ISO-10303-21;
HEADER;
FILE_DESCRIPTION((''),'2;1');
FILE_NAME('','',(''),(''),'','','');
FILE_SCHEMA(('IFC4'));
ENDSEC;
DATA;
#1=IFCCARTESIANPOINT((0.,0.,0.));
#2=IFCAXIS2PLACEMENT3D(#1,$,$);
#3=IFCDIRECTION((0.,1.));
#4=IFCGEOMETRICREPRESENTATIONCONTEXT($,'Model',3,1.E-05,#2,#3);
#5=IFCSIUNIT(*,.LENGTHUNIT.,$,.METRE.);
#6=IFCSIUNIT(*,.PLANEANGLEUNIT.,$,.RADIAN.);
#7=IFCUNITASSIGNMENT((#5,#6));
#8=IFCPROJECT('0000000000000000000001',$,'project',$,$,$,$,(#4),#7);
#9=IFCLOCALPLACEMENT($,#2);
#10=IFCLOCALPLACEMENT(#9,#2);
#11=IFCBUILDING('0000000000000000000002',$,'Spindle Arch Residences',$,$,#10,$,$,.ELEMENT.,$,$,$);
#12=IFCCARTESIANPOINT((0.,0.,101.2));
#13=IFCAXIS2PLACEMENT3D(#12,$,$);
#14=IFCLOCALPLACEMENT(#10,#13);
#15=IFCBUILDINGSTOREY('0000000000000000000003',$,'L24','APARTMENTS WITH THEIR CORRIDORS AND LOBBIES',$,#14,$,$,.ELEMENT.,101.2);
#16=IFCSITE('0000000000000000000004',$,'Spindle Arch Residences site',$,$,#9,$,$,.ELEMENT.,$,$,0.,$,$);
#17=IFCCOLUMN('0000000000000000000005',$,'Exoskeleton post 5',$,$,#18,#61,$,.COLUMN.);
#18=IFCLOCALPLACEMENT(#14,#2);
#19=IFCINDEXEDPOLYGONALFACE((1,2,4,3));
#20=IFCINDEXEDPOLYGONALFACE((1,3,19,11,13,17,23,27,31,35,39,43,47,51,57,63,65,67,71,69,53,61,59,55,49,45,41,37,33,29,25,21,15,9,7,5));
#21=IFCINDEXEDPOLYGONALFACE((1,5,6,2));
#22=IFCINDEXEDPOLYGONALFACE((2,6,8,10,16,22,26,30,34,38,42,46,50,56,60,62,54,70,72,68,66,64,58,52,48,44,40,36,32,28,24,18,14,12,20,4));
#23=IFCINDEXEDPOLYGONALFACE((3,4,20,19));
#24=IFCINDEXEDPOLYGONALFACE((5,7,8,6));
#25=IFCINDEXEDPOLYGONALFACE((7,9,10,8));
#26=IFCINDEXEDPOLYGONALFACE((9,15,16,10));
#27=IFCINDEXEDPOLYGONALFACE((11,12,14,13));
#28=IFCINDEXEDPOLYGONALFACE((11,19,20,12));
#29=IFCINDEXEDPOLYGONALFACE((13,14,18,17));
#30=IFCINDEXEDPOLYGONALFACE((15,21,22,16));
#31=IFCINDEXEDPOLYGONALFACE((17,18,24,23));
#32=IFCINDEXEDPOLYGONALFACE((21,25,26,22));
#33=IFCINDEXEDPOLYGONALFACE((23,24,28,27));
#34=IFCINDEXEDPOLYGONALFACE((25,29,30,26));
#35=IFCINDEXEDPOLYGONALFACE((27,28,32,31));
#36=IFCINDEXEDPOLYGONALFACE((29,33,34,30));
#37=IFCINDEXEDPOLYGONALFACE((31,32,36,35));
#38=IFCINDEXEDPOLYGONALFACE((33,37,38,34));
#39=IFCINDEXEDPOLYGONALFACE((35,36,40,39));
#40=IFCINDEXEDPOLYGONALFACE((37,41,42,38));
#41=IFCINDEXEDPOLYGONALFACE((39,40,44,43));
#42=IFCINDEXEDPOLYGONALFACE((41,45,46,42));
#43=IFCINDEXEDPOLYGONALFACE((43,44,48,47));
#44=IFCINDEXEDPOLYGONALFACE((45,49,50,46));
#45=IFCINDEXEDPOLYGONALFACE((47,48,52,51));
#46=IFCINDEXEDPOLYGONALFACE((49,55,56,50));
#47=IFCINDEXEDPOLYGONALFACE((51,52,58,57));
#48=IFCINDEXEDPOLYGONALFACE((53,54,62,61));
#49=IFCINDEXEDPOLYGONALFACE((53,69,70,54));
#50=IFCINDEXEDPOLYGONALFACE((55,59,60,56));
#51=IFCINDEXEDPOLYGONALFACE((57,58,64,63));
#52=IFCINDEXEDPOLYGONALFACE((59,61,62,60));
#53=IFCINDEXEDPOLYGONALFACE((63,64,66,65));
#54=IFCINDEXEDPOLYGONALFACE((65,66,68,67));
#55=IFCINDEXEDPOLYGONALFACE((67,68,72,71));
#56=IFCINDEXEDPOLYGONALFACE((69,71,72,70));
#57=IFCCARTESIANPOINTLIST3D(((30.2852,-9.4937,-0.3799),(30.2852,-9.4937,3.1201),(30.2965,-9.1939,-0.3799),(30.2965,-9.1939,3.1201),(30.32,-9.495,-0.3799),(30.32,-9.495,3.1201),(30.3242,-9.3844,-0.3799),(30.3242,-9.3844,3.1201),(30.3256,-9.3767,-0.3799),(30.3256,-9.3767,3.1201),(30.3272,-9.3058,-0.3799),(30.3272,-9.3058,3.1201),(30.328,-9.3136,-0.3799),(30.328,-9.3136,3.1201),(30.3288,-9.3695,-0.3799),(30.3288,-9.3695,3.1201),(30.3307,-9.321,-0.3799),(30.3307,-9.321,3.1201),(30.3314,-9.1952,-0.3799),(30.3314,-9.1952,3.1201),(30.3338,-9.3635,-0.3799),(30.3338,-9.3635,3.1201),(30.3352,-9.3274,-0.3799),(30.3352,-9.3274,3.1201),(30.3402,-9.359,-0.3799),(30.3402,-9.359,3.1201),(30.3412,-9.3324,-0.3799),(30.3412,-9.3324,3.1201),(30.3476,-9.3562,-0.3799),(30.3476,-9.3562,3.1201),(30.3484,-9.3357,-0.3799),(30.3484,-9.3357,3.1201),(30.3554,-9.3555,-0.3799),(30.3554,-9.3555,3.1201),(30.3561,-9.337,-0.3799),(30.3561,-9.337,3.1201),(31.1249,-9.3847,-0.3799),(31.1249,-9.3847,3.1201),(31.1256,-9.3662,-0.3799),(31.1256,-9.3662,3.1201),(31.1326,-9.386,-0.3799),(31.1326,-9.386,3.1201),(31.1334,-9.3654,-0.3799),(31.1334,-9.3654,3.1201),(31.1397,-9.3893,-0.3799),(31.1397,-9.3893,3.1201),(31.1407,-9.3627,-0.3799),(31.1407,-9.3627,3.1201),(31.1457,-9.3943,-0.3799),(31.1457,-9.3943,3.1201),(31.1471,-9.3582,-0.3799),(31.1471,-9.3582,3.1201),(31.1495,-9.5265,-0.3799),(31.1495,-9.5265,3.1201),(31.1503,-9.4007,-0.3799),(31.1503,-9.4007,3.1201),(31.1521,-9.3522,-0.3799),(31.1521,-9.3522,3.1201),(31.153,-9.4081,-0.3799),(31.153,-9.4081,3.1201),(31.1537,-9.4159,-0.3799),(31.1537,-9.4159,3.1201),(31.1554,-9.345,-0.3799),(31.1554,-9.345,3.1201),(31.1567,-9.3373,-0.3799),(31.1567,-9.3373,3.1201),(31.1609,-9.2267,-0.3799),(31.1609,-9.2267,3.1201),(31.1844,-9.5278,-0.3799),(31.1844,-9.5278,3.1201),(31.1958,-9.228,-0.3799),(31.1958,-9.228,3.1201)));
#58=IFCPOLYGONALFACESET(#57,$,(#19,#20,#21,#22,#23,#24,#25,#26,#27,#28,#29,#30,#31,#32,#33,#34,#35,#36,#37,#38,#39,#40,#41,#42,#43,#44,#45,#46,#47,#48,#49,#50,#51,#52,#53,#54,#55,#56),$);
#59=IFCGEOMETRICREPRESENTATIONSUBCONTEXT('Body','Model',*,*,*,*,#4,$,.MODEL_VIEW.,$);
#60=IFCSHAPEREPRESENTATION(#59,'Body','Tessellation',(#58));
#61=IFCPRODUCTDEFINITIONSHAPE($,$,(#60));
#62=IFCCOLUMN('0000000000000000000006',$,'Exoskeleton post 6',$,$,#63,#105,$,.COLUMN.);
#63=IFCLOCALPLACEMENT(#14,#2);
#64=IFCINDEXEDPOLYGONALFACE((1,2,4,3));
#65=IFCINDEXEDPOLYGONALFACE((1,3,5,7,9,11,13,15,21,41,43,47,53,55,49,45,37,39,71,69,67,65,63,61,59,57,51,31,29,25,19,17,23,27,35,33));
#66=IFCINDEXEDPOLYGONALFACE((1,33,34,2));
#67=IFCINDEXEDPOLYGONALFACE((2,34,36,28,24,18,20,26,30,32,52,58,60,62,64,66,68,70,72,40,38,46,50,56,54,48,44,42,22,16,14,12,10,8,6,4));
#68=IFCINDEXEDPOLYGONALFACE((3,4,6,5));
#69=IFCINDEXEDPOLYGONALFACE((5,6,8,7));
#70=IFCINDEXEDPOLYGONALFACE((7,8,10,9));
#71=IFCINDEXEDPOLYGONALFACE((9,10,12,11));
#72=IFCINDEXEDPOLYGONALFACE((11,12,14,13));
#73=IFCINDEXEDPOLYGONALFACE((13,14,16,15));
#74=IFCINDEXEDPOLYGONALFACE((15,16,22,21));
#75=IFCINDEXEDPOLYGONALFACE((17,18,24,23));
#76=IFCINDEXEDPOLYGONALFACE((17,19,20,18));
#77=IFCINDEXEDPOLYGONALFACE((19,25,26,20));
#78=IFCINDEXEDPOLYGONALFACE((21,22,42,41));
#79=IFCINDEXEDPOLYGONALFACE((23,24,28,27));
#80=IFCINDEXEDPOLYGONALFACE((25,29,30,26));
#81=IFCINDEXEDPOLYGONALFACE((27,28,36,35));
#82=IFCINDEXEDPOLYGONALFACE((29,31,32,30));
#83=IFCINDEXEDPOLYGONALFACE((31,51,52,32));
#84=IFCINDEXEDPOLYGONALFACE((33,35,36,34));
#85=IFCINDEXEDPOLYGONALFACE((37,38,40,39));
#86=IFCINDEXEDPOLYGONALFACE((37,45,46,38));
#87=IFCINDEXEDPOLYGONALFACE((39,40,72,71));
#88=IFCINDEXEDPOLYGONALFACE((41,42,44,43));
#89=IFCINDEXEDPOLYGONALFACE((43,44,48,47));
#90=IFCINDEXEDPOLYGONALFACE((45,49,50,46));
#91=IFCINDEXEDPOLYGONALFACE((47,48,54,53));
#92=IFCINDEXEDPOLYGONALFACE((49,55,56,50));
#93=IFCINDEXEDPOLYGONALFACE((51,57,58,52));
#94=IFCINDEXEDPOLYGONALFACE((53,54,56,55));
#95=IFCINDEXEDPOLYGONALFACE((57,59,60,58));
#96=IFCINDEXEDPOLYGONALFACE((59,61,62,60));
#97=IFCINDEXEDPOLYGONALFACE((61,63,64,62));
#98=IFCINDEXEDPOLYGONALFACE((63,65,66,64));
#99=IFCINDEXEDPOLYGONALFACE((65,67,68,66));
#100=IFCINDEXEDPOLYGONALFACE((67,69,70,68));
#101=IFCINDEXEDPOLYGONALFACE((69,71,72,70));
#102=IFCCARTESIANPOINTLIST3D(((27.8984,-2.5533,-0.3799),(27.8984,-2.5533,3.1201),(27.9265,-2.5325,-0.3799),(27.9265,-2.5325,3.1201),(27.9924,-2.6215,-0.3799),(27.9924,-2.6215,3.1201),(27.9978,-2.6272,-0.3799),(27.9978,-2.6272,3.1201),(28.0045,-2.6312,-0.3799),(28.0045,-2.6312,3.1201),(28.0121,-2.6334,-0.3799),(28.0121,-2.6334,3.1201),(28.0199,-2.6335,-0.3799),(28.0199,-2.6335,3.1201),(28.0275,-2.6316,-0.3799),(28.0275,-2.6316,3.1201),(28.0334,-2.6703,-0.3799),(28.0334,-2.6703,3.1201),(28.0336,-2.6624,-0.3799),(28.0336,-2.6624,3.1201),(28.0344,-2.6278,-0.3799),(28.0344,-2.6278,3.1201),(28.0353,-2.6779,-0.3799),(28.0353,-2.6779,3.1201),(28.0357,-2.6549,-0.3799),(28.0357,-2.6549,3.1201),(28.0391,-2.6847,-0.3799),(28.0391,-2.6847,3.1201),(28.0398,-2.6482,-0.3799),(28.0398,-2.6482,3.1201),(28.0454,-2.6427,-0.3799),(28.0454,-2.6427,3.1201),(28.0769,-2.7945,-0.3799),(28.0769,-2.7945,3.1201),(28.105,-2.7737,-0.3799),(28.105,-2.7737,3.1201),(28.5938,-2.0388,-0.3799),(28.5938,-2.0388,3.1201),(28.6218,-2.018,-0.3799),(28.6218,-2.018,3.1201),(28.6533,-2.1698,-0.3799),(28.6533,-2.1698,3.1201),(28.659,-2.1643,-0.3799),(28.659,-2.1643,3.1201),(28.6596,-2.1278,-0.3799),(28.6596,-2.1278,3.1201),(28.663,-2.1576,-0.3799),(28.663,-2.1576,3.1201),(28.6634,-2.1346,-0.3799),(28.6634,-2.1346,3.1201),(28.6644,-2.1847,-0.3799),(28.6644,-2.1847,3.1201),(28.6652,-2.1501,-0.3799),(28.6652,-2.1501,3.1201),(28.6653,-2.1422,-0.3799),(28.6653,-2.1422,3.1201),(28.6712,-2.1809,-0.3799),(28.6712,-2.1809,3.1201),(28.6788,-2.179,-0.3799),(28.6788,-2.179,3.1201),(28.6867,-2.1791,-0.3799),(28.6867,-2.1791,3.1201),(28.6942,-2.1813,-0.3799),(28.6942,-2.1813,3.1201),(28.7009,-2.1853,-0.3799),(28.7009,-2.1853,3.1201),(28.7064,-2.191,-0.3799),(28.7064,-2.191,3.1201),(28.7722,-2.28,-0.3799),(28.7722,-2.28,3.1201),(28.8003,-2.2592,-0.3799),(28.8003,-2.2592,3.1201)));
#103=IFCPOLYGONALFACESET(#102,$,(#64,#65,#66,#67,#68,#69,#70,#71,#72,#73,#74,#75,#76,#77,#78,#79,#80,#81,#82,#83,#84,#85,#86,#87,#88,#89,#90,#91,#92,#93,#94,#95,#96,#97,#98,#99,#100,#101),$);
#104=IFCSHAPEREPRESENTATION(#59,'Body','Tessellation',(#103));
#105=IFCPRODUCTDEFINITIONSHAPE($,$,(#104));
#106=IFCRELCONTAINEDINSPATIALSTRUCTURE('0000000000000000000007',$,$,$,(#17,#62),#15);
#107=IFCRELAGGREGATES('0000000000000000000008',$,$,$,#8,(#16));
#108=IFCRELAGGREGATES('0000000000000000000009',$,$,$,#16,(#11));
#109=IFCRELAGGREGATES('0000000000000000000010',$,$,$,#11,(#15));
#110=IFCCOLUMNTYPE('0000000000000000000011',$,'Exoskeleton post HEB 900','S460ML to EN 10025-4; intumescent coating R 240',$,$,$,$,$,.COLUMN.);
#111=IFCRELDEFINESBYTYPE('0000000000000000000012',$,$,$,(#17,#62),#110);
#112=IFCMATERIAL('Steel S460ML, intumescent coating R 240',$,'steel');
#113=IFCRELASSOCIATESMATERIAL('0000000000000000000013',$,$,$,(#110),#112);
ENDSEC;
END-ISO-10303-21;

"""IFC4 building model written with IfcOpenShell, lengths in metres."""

from ifc_helpers import new_model, si_unit, direction, frame, origin, origin_2d, place, context, subcontext, project, spatial, i_section, extrude, material, material_profile, profile_set, type_object, element, save


model = new_model("IFC4")

# Units and contexts
model_context = context("Model", 3, precision=1e-05, world=origin(), true_north=direction((0.0, 1.0)))
body_context = subcontext(model_context, "Body", "Model", "MODEL_VIEW")
ifc_project = project(units=[si_unit("LENGTHUNIT", "METRE"), si_unit("PLANEANGLEUNIT", "RADIAN")], contexts=[model_context])

# Site, building, storey
site_placement = place(None, origin())
site = spatial("IfcSite", under=ifc_project, at=site_placement, Name="Spindle Arch Residences site", CompositionType="ELEMENT", RefElevation=0.0)
building_placement = place(site_placement, origin())
building = spatial("IfcBuilding", under=site, at=building_placement, Name="Spindle Arch Residences", CompositionType="ELEMENT")
storey_placement = place(building_placement, frame((0.0, 0.0, 101.2)))
storey = spatial("IfcBuildingStorey", under=building, at=storey_placement, Name="L24", Description="APARTMENTS WITH THEIR CORRIDORS AND LOBBIES", CompositionType="ELEMENT", Elevation=101.2)

# Columns
ifc_material_1 = material(Name="Steel S460ML, intumescent coating R 240", Category="steel")
ifc_material_profile_1 = material_profile(ifc_material_1, i_section(OverallWidth=0.3, OverallDepth=0.8999, WebThickness=0.0186, FlangeThickness=0.0349, FilletRadius=0.03, at=origin_2d()), Name="HEB 900")
ifc_profile_set_1 = profile_set([ifc_material_profile_1], Name="Steel S460ML, intumescent coating R 240")
column_type_1 = type_object("IfcColumnType", Name="Exoskeleton post HEB 900", Description="S460ML to EN 10025-4; intumescent coating R 240", PredefinedType="COLUMN", material=ifc_profile_set_1)
for number, where, z_axis, x_axis, name in (
    (1, (30.7405, -9.3608, -0.3799), (0.0, 0.0, 1.0), (-0.037924, -0.999281, 0.0), "Exoskeleton post 5"),
    (2, (28.3494, -2.4062, -0.3799), (0.0, 0.0, 1.0), (0.594823, -0.803857, 0.0), "Exoskeleton post 6"),
):
    element("IfcColumn", number, at=place(storey_placement, frame(where, z_axis=z_axis, x_axis=x_axis)), inside=storey, type_object=column_type_1, Name=name, PredefinedType="COLUMN", context=body_context, shape_type="SweptSolid", body=[
        extrude(i_section(OverallWidth=0.3, OverallDepth=0.8999, WebThickness=0.0186, FlangeThickness=0.0349, FilletRadius=0.03, at=origin_2d()), origin(), (0.0, 0.0, 1.0), 3.5),
    ])

save(model, "model.ifc")
